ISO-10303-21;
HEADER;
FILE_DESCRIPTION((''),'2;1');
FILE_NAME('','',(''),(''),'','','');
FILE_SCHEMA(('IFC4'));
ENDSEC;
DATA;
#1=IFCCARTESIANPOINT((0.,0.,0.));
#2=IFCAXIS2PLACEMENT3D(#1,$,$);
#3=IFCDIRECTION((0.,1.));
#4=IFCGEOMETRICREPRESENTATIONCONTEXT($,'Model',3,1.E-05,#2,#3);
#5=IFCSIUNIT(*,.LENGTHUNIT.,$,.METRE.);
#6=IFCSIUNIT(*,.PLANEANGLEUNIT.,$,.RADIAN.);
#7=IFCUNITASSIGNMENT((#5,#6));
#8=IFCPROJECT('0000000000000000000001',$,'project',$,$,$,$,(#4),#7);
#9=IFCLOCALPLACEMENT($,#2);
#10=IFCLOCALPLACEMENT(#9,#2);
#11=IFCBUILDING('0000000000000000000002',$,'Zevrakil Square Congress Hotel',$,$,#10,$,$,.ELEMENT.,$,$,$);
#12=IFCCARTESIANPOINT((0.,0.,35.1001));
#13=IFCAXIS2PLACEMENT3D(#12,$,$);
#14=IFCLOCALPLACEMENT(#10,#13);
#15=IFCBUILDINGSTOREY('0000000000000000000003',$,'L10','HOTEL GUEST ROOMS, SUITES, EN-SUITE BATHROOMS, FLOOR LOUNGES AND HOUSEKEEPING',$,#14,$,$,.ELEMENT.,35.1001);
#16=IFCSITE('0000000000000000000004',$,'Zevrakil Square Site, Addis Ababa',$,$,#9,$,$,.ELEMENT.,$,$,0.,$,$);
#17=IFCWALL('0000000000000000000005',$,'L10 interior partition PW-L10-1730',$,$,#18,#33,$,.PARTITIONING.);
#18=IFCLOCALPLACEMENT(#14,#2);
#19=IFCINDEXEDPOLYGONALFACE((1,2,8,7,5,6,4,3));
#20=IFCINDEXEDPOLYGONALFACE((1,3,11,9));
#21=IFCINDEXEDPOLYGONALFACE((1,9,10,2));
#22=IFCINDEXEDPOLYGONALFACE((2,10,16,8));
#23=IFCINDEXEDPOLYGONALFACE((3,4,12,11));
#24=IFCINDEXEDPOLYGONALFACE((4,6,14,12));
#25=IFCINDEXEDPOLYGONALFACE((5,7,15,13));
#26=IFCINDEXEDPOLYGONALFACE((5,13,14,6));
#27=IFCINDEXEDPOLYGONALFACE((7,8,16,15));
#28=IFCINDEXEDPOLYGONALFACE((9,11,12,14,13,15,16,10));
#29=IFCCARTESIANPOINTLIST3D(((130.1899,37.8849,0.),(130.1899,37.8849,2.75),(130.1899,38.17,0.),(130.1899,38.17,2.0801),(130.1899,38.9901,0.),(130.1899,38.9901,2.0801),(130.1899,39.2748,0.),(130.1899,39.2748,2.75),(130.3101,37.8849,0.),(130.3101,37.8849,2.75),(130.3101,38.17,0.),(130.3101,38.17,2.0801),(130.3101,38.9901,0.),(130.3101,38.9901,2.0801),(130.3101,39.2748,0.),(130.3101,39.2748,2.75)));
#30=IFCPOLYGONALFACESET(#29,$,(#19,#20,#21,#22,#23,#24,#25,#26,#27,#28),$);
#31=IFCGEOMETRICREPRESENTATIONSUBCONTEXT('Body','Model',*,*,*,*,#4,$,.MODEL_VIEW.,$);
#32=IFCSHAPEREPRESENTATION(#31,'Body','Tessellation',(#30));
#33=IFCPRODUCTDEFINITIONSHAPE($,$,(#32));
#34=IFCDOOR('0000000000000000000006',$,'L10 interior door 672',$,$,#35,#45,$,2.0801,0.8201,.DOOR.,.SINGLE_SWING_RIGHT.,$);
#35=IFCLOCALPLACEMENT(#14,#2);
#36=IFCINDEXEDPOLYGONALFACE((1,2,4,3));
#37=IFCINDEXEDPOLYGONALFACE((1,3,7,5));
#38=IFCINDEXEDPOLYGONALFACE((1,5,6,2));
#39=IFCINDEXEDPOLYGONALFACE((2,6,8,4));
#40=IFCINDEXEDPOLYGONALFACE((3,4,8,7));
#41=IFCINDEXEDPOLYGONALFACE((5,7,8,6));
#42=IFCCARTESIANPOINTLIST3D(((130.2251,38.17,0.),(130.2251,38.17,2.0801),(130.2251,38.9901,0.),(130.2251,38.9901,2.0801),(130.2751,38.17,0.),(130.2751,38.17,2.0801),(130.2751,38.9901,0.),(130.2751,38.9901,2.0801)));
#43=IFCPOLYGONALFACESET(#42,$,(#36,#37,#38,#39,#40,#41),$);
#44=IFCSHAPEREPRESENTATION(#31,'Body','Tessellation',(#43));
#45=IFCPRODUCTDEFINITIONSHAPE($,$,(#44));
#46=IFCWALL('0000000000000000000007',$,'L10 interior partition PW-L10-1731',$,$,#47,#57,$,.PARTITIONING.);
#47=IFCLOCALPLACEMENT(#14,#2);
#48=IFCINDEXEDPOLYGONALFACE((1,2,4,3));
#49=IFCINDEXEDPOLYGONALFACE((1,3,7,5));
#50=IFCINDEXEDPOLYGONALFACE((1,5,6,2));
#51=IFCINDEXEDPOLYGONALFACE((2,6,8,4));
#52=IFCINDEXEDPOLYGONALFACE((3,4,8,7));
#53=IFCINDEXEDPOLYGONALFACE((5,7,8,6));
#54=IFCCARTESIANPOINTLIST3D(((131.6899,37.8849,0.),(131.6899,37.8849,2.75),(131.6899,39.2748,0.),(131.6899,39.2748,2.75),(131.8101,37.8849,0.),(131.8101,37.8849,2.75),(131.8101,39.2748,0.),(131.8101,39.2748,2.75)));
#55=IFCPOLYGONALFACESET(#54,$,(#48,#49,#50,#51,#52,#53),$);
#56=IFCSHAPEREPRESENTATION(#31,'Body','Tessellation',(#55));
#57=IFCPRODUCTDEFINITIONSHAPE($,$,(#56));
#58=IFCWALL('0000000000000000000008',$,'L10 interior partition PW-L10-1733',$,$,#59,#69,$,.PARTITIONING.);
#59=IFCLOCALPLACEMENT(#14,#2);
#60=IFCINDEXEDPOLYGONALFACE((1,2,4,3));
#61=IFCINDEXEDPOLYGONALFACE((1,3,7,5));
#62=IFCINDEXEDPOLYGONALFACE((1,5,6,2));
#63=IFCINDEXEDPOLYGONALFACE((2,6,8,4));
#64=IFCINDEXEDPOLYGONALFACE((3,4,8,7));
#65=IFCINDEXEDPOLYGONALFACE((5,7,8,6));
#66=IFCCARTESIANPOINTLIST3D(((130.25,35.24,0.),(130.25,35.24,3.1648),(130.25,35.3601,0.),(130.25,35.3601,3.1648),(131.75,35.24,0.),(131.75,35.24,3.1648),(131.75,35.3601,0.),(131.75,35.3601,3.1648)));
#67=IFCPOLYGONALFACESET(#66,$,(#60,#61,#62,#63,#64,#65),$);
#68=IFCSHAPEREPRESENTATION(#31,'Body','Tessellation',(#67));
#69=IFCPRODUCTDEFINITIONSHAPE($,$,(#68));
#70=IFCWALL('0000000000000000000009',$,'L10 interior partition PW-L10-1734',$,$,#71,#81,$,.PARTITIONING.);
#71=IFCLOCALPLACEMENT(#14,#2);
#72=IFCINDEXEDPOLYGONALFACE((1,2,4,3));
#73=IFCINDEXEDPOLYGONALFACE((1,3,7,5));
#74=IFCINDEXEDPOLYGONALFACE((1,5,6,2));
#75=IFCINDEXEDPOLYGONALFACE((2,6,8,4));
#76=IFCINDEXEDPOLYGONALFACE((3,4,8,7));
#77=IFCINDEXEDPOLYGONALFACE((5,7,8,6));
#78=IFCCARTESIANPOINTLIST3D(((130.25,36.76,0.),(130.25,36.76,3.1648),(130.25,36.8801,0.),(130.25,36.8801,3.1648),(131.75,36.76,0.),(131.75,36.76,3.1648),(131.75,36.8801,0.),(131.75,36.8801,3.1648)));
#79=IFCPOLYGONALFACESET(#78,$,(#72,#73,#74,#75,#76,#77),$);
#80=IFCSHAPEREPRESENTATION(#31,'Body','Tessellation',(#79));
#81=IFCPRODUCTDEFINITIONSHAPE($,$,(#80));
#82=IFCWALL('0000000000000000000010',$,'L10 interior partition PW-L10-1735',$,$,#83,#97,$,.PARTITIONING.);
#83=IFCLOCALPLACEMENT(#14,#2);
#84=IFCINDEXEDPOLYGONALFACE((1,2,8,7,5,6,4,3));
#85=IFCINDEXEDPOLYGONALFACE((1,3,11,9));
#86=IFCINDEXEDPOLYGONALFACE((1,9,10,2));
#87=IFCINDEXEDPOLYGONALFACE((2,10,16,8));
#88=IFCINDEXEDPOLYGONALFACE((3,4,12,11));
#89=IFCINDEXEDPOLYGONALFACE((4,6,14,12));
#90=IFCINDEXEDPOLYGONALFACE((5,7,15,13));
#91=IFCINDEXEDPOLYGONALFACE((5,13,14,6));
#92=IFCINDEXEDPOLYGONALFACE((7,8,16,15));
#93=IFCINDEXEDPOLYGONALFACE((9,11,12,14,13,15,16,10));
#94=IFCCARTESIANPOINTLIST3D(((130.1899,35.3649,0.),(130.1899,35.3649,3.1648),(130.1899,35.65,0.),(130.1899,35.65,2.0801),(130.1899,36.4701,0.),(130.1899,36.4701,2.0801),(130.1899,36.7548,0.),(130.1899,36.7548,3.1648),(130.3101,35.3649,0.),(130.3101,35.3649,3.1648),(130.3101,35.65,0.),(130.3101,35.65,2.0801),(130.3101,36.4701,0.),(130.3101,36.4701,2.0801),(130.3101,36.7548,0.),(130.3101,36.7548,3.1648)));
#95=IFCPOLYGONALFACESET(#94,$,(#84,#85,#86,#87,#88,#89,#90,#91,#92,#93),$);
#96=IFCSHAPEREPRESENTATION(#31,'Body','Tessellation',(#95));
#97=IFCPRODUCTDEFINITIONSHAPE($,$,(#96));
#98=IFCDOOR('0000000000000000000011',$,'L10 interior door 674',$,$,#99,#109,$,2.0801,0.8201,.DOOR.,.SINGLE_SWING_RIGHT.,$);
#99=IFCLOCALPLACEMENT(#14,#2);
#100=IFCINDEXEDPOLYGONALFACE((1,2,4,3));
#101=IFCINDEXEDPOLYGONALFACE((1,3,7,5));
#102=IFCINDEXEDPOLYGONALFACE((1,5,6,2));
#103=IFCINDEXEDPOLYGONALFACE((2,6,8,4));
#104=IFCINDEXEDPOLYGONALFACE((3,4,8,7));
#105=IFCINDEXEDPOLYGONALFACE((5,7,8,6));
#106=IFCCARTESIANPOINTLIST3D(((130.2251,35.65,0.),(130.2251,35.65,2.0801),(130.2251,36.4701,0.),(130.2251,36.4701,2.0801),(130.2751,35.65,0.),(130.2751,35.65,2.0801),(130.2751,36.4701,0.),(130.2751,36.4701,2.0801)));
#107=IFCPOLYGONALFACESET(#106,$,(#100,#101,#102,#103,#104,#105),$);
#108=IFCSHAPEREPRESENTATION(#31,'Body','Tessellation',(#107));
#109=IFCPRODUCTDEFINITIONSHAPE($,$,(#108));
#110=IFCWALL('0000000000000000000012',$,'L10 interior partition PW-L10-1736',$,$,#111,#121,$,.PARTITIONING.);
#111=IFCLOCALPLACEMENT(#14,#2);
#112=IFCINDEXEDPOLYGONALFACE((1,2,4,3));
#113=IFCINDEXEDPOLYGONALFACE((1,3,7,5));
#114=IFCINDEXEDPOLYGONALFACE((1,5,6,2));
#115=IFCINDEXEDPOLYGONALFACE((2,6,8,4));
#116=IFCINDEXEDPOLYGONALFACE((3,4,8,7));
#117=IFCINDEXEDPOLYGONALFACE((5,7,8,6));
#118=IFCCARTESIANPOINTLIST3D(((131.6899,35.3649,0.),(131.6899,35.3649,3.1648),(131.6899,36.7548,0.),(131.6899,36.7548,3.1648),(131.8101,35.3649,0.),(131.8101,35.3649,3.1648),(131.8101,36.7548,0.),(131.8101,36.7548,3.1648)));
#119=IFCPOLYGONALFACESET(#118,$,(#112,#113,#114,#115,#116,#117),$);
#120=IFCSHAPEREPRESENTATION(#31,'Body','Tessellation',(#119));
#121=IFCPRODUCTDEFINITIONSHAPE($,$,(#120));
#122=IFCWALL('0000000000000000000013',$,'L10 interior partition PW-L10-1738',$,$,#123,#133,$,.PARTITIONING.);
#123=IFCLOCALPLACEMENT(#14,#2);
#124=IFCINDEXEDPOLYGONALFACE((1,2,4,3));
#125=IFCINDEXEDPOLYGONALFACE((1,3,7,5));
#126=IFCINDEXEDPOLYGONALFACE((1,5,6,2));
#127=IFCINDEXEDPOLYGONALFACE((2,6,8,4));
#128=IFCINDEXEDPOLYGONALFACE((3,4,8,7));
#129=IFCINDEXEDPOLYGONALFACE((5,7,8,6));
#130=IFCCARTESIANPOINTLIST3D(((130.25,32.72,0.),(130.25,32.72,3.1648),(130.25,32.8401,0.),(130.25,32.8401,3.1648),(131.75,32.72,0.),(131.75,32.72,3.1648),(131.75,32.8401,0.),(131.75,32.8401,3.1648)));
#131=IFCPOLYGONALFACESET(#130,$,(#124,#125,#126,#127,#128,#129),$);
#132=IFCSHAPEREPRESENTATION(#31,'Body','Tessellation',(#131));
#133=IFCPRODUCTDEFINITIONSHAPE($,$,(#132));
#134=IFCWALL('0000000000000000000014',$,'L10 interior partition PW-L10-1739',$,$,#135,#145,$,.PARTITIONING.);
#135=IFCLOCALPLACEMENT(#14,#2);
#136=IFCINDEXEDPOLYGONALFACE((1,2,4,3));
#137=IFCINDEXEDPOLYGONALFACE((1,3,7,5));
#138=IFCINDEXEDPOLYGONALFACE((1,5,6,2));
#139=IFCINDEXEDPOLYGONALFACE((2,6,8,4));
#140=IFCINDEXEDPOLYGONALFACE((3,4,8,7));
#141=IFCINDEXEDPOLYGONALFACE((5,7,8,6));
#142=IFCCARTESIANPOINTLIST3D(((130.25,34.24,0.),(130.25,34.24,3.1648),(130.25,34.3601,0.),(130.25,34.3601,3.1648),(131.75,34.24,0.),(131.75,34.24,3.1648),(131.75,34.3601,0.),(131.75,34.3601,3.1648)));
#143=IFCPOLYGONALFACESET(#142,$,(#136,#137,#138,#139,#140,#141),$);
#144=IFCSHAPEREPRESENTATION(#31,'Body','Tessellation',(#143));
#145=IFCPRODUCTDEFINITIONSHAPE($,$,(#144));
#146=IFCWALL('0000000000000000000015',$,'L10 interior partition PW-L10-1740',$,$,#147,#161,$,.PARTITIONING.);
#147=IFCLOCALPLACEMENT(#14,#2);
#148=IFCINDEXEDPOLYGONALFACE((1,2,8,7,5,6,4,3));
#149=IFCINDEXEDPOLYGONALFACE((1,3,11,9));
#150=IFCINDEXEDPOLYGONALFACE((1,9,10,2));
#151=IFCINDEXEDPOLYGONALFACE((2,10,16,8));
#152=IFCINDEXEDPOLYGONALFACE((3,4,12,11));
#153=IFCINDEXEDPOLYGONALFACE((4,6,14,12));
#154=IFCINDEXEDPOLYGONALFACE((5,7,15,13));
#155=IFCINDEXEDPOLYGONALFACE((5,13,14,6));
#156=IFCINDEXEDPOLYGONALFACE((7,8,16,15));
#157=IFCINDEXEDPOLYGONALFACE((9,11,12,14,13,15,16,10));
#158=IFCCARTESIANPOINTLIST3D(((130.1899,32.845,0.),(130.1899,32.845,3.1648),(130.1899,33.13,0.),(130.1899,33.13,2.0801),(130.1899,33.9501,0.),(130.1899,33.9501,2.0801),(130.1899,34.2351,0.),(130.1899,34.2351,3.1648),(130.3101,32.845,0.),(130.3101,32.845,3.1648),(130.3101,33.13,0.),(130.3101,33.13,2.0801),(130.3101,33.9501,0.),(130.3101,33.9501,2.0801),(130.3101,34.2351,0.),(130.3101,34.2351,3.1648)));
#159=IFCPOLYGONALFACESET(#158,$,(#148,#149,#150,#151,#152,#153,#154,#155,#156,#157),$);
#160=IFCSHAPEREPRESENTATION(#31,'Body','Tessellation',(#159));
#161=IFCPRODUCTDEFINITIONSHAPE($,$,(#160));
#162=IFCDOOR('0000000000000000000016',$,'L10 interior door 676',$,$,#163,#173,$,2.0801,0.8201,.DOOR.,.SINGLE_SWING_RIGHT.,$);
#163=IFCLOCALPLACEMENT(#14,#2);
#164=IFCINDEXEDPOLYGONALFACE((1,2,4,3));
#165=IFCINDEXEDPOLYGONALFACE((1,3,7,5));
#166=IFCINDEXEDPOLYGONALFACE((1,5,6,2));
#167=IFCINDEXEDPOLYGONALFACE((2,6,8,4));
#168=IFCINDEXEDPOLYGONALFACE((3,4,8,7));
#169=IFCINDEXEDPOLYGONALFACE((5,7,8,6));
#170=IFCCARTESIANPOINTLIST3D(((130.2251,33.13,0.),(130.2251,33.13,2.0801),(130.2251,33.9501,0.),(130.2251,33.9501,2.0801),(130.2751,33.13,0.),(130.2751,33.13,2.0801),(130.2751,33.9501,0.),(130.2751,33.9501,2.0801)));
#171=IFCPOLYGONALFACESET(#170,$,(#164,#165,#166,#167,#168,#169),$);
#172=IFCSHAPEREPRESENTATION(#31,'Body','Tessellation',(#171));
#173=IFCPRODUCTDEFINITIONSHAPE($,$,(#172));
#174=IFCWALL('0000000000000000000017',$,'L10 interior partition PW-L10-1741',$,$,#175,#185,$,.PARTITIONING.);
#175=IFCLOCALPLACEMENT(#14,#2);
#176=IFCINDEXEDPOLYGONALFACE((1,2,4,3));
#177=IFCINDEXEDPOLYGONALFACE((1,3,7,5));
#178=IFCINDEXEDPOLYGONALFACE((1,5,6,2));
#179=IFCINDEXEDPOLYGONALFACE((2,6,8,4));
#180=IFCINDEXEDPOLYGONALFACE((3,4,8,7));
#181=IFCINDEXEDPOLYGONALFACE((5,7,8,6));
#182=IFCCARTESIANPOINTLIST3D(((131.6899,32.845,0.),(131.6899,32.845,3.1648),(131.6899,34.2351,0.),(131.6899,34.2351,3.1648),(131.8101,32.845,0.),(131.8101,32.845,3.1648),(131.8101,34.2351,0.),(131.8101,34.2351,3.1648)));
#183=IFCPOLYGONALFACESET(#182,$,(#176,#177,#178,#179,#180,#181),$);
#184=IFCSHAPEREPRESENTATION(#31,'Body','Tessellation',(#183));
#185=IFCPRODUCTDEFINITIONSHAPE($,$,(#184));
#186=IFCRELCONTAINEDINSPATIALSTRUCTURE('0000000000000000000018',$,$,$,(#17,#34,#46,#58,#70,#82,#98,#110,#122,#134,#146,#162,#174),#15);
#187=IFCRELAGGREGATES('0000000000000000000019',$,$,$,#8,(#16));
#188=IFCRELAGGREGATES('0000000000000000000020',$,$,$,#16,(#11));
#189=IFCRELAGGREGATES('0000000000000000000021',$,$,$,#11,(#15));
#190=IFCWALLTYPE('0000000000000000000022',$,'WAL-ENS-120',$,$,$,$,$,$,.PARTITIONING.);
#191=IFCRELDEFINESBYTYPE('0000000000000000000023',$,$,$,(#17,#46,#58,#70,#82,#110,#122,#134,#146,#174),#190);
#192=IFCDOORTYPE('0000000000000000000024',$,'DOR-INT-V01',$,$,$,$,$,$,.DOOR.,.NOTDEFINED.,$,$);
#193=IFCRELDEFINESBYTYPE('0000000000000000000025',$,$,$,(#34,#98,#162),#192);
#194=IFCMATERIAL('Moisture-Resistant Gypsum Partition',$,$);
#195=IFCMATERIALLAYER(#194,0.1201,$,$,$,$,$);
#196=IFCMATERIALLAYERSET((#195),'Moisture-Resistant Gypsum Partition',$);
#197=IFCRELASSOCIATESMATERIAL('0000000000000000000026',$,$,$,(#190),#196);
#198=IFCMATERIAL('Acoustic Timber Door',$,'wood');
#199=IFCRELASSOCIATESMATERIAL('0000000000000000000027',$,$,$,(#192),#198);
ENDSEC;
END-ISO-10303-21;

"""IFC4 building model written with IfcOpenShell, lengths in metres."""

from ifc_helpers import new_model, si_unit, direction, frame, frame_2d, origin, place, context, subcontext, project, spatial, rectangle, extrude, material, layer, layer_set, type_object, element, fill, save


model = new_model("IFC4")

# Units and contexts
model_context = context("Model", 3, precision=1e-05, world=origin(), true_north=direction((0.0, 1.0)))
body_context = subcontext(model_context, "Body", "Model", "MODEL_VIEW")
ifc_project = project(units=[si_unit("LENGTHUNIT", "METRE"), si_unit("PLANEANGLEUNIT", "RADIAN")], contexts=[model_context])

# Site, building, storey
site_placement = place(None, origin())
site = spatial("IfcSite", under=ifc_project, at=site_placement, Name="Zevrakil Square Site, Addis Ababa", CompositionType="ELEMENT", RefElevation=0.0)
building_placement = place(site_placement, origin())
building = spatial("IfcBuilding", under=site, at=building_placement, Name="Zevrakil Square Congress Hotel", CompositionType="ELEMENT")
storey_placement = place(building_placement, frame((0.0, 0.0, 35.1001)))
storey = spatial("IfcBuildingStorey", under=building, at=storey_placement, Name="L10", Description="HOTEL GUEST ROOMS, SUITES, EN-SUITE BATHROOMS, FLOOR LOUNGES AND HOUSEKEEPING", CompositionType="ELEMENT", Elevation=35.1001)

# Shared definitions
ifc_material_1 = material(Name="Moisture-Resistant Gypsum Partition")
ifc_layer_1 = layer(ifc_material_1, 0.1201)
ifc_layer_set_1 = layer_set([ifc_layer_1], Name="Moisture-Resistant Gypsum Partition")
wall_type_1 = type_object("IfcWallType", Name="WAL-ENS-120", PredefinedType="PARTITIONING", material=ifc_layer_set_1)

# Wall, opening, door
wall_1_placement = place(storey_placement, frame((130.25, 37.885, 0.0), z_axis=(0.0, 0.0, 1.0), x_axis=(0.0, 1.0, 0.0)))
wall_1 = element("IfcWall", 1, at=wall_1_placement, inside=storey, type_object=wall_type_1, Name="L10 interior partition PW-L10-1730", PredefinedType="PARTITIONING", context=body_context, shape_type="SweptSolid", body=[
    extrude(rectangle(XDim=1.3899, YDim=0.1201, at=frame_2d((0.6948, 0.0))), origin(), (0.0, 0.0, 1.0), 2.75),
])
opening_1_placement = place(wall_1_placement, frame((0.2849, 0.0, 0.0)))
opening_1 = element("IfcOpeningElement", 2, at=opening_1_placement, cuts=wall_1, PredefinedType="OPENING", context=body_context, shape_type="SweptSolid", body=[
    extrude(rectangle(XDim=0.8201, YDim=2.0801, at=frame_2d((0.4102, 1.04))), frame((0.0, 0.0701, 0.0), z_axis=(0.0, -1.0, 0.0), x_axis=(1.0, 0.0, 0.0)), (0.0, 0.0, 1.0), 0.1401),
])
ifc_material_2 = material(Name="Acoustic Timber Door", Category="wood")
door_type_1 = type_object("IfcDoorType", Name="DOR-INT-V01", OperationType="NOTDEFINED", PredefinedType="DOOR", material=ifc_material_2)
door_1_placement = place(opening_1_placement, origin())
door_1 = element("IfcDoor", 3, at=door_1_placement, inside=storey, type_object=door_type_1, Name="L10 interior door 672", OperationType="SINGLE_SWING_RIGHT", OverallHeight=2.0801, OverallWidth=0.8201, PredefinedType="DOOR", context=body_context, shape_type="SweptSolid", body=[
    extrude(rectangle(XDim=0.8201, YDim=2.0801, at=frame_2d((0.4102, 1.04))), frame((0.0, 0.0249, 0.0), z_axis=(0.0, -1.0, 0.0), x_axis=(1.0, 0.0, 0.0)), (0.0, 0.0, 1.0), 0.05),
])
fill(opening_1, door_1)

# Walls
wall_2_placement = place(storey_placement, frame((131.75, 37.885, 0.0), z_axis=(0.0, 0.0, 1.0), x_axis=(0.0, 1.0, 0.0)))
element("IfcWall", 4, at=wall_2_placement, inside=storey, type_object=wall_type_1, Name="L10 interior partition PW-L10-1731", PredefinedType="PARTITIONING", context=body_context, shape_type="SweptSolid", body=[
    extrude(rectangle(XDim=1.3899, YDim=0.1201, at=frame_2d((0.6948, 0.0))), origin(), (0.0, 0.0, 1.0), 2.75),
])
for number, where, z_axis, x_axis, name in (
    (5, (130.25, 35.3, 0.0), (0.0, 0.0, 1.0), (1.0, 0.0, 0.0), "L10 interior partition PW-L10-1733"),
    (6, (130.25, 36.8201, 0.0), (0.0, 0.0, 1.0), (1.0, 0.0, 0.0), "L10 interior partition PW-L10-1734"),
):
    element("IfcWall", number, at=place(storey_placement, frame(where, z_axis=z_axis, x_axis=x_axis)), inside=storey, type_object=wall_type_1, Name=name, PredefinedType="PARTITIONING", context=body_context, shape_type="SweptSolid", body=[
        extrude(rectangle(XDim=1.5, YDim=0.1201, at=frame_2d((0.75, 0.0))), origin(), (0.0, 0.0, 1.0), 3.1648),
    ])

# Wall, opening, door
wall_3_placement = place(storey_placement, frame((130.25, 35.365, 0.0), z_axis=(0.0, 0.0, 1.0), x_axis=(0.0, 1.0, 0.0)))
wall_3 = element("IfcWall", 7, at=wall_3_placement, inside=storey, type_object=wall_type_1, Name="L10 interior partition PW-L10-1735", PredefinedType="PARTITIONING", context=body_context, shape_type="SweptSolid", body=[
    extrude(rectangle(XDim=1.3899, YDim=0.1201, at=frame_2d((0.6948, 0.0))), origin(), (0.0, 0.0, 1.0), 3.1648),
])
opening_2_placement = place(wall_3_placement, frame((0.2849, 0.0, 0.0)))
opening_2 = element("IfcOpeningElement", 8, at=opening_2_placement, cuts=wall_3, PredefinedType="OPENING", context=body_context, shape_type="SweptSolid", body=[
    extrude(rectangle(XDim=0.8201, YDim=2.0801, at=frame_2d((0.4102, 1.04))), frame((0.0, 0.0701, 0.0), z_axis=(0.0, -1.0, 0.0), x_axis=(1.0, 0.0, 0.0)), (0.0, 0.0, 1.0), 0.1401),
])
door_2_placement = place(opening_2_placement, origin())
door_2 = element("IfcDoor", 9, at=door_2_placement, inside=storey, type_object=door_type_1, Name="L10 interior door 674", OperationType="SINGLE_SWING_RIGHT", OverallHeight=2.0801, OverallWidth=0.8201, PredefinedType="DOOR", context=body_context, shape_type="SweptSolid", body=[
    extrude(rectangle(XDim=0.8201, YDim=2.0801, at=frame_2d((0.4102, 1.04))), frame((0.0, 0.0249, 0.0), z_axis=(0.0, -1.0, 0.0), x_axis=(1.0, 0.0, 0.0)), (0.0, 0.0, 1.0), 0.05),
])
fill(opening_2, door_2)

# Walls
wall_4_placement = place(storey_placement, frame((131.75, 35.365, 0.0), z_axis=(0.0, 0.0, 1.0), x_axis=(0.0, 1.0, 0.0)))
element("IfcWall", 10, at=wall_4_placement, inside=storey, type_object=wall_type_1, Name="L10 interior partition PW-L10-1736", PredefinedType="PARTITIONING", context=body_context, shape_type="SweptSolid", body=[
    extrude(rectangle(XDim=1.3899, YDim=0.1201, at=frame_2d((0.6948, 0.0))), origin(), (0.0, 0.0, 1.0), 3.1648),
])
for number, where, z_axis, x_axis, name in (
    (11, (130.25, 32.78, 0.0), (0.0, 0.0, 1.0), (1.0, 0.0, 0.0), "L10 interior partition PW-L10-1738"),
    (12, (130.25, 34.3, 0.0), (0.0, 0.0, 1.0), (1.0, 0.0, 0.0), "L10 interior partition PW-L10-1739"),
):
    element("IfcWall", number, at=place(storey_placement, frame(where, z_axis=z_axis, x_axis=x_axis)), inside=storey, type_object=wall_type_1, Name=name, PredefinedType="PARTITIONING", context=body_context, shape_type="SweptSolid", body=[
        extrude(rectangle(XDim=1.5, YDim=0.1201, at=frame_2d((0.75, 0.0))), origin(), (0.0, 0.0, 1.0), 3.1648),
    ])

# Wall, opening, door
wall_5_placement = place(storey_placement, frame((130.25, 32.845, 0.0), z_axis=(0.0, 0.0, 1.0), x_axis=(0.0, 1.0, 0.0)))
wall_5 = element("IfcWall", 13, at=wall_5_placement, inside=storey, type_object=wall_type_1, Name="L10 interior partition PW-L10-1740", PredefinedType="PARTITIONING", context=body_context, shape_type="SweptSolid", body=[
    extrude(rectangle(XDim=1.3901, YDim=0.1201, at=frame_2d((0.6951, 0.0))), origin(), (0.0, 0.0, 1.0), 3.1648),
])
opening_3_placement = place(wall_5_placement, frame((0.2849, 0.0, 0.0)))
opening_3 = element("IfcOpeningElement", 14, at=opening_3_placement, cuts=wall_5, PredefinedType="OPENING", context=body_context, shape_type="SweptSolid", body=[
    extrude(rectangle(XDim=0.8201, YDim=2.0801, at=frame_2d((0.4102, 1.04))), frame((0.0, 0.0701, 0.0), z_axis=(0.0, -1.0, 0.0), x_axis=(1.0, 0.0, 0.0)), (0.0, 0.0, 1.0), 0.1401),
])
door_3_placement = place(opening_3_placement, origin())
door_3 = element("IfcDoor", 15, at=door_3_placement, inside=storey, type_object=door_type_1, Name="L10 interior door 676", OperationType="SINGLE_SWING_RIGHT", OverallHeight=2.0801, OverallWidth=0.8201, PredefinedType="DOOR", context=body_context, shape_type="SweptSolid", body=[
    extrude(rectangle(XDim=0.8201, YDim=2.0801, at=frame_2d((0.4102, 1.04))), frame((0.0, 0.0249, 0.0), z_axis=(0.0, -1.0, 0.0), x_axis=(1.0, 0.0, 0.0)), (0.0, 0.0, 1.0), 0.05),
])
fill(opening_3, door_3)

# Wall
wall_6_placement = place(storey_placement, frame((131.75, 32.845, 0.0), z_axis=(0.0, 0.0, 1.0), x_axis=(0.0, 1.0, 0.0)))
element("IfcWall", 16, at=wall_6_placement, inside=storey, type_object=wall_type_1, Name="L10 interior partition PW-L10-1741", PredefinedType="PARTITIONING", context=body_context, shape_type="SweptSolid", body=[
    extrude(rectangle(XDim=1.3901, YDim=0.1201, at=frame_2d((0.6951, 0.0))), origin(), (0.0, 0.0, 1.0), 3.1648),
])

save(model, "model.ifc")
